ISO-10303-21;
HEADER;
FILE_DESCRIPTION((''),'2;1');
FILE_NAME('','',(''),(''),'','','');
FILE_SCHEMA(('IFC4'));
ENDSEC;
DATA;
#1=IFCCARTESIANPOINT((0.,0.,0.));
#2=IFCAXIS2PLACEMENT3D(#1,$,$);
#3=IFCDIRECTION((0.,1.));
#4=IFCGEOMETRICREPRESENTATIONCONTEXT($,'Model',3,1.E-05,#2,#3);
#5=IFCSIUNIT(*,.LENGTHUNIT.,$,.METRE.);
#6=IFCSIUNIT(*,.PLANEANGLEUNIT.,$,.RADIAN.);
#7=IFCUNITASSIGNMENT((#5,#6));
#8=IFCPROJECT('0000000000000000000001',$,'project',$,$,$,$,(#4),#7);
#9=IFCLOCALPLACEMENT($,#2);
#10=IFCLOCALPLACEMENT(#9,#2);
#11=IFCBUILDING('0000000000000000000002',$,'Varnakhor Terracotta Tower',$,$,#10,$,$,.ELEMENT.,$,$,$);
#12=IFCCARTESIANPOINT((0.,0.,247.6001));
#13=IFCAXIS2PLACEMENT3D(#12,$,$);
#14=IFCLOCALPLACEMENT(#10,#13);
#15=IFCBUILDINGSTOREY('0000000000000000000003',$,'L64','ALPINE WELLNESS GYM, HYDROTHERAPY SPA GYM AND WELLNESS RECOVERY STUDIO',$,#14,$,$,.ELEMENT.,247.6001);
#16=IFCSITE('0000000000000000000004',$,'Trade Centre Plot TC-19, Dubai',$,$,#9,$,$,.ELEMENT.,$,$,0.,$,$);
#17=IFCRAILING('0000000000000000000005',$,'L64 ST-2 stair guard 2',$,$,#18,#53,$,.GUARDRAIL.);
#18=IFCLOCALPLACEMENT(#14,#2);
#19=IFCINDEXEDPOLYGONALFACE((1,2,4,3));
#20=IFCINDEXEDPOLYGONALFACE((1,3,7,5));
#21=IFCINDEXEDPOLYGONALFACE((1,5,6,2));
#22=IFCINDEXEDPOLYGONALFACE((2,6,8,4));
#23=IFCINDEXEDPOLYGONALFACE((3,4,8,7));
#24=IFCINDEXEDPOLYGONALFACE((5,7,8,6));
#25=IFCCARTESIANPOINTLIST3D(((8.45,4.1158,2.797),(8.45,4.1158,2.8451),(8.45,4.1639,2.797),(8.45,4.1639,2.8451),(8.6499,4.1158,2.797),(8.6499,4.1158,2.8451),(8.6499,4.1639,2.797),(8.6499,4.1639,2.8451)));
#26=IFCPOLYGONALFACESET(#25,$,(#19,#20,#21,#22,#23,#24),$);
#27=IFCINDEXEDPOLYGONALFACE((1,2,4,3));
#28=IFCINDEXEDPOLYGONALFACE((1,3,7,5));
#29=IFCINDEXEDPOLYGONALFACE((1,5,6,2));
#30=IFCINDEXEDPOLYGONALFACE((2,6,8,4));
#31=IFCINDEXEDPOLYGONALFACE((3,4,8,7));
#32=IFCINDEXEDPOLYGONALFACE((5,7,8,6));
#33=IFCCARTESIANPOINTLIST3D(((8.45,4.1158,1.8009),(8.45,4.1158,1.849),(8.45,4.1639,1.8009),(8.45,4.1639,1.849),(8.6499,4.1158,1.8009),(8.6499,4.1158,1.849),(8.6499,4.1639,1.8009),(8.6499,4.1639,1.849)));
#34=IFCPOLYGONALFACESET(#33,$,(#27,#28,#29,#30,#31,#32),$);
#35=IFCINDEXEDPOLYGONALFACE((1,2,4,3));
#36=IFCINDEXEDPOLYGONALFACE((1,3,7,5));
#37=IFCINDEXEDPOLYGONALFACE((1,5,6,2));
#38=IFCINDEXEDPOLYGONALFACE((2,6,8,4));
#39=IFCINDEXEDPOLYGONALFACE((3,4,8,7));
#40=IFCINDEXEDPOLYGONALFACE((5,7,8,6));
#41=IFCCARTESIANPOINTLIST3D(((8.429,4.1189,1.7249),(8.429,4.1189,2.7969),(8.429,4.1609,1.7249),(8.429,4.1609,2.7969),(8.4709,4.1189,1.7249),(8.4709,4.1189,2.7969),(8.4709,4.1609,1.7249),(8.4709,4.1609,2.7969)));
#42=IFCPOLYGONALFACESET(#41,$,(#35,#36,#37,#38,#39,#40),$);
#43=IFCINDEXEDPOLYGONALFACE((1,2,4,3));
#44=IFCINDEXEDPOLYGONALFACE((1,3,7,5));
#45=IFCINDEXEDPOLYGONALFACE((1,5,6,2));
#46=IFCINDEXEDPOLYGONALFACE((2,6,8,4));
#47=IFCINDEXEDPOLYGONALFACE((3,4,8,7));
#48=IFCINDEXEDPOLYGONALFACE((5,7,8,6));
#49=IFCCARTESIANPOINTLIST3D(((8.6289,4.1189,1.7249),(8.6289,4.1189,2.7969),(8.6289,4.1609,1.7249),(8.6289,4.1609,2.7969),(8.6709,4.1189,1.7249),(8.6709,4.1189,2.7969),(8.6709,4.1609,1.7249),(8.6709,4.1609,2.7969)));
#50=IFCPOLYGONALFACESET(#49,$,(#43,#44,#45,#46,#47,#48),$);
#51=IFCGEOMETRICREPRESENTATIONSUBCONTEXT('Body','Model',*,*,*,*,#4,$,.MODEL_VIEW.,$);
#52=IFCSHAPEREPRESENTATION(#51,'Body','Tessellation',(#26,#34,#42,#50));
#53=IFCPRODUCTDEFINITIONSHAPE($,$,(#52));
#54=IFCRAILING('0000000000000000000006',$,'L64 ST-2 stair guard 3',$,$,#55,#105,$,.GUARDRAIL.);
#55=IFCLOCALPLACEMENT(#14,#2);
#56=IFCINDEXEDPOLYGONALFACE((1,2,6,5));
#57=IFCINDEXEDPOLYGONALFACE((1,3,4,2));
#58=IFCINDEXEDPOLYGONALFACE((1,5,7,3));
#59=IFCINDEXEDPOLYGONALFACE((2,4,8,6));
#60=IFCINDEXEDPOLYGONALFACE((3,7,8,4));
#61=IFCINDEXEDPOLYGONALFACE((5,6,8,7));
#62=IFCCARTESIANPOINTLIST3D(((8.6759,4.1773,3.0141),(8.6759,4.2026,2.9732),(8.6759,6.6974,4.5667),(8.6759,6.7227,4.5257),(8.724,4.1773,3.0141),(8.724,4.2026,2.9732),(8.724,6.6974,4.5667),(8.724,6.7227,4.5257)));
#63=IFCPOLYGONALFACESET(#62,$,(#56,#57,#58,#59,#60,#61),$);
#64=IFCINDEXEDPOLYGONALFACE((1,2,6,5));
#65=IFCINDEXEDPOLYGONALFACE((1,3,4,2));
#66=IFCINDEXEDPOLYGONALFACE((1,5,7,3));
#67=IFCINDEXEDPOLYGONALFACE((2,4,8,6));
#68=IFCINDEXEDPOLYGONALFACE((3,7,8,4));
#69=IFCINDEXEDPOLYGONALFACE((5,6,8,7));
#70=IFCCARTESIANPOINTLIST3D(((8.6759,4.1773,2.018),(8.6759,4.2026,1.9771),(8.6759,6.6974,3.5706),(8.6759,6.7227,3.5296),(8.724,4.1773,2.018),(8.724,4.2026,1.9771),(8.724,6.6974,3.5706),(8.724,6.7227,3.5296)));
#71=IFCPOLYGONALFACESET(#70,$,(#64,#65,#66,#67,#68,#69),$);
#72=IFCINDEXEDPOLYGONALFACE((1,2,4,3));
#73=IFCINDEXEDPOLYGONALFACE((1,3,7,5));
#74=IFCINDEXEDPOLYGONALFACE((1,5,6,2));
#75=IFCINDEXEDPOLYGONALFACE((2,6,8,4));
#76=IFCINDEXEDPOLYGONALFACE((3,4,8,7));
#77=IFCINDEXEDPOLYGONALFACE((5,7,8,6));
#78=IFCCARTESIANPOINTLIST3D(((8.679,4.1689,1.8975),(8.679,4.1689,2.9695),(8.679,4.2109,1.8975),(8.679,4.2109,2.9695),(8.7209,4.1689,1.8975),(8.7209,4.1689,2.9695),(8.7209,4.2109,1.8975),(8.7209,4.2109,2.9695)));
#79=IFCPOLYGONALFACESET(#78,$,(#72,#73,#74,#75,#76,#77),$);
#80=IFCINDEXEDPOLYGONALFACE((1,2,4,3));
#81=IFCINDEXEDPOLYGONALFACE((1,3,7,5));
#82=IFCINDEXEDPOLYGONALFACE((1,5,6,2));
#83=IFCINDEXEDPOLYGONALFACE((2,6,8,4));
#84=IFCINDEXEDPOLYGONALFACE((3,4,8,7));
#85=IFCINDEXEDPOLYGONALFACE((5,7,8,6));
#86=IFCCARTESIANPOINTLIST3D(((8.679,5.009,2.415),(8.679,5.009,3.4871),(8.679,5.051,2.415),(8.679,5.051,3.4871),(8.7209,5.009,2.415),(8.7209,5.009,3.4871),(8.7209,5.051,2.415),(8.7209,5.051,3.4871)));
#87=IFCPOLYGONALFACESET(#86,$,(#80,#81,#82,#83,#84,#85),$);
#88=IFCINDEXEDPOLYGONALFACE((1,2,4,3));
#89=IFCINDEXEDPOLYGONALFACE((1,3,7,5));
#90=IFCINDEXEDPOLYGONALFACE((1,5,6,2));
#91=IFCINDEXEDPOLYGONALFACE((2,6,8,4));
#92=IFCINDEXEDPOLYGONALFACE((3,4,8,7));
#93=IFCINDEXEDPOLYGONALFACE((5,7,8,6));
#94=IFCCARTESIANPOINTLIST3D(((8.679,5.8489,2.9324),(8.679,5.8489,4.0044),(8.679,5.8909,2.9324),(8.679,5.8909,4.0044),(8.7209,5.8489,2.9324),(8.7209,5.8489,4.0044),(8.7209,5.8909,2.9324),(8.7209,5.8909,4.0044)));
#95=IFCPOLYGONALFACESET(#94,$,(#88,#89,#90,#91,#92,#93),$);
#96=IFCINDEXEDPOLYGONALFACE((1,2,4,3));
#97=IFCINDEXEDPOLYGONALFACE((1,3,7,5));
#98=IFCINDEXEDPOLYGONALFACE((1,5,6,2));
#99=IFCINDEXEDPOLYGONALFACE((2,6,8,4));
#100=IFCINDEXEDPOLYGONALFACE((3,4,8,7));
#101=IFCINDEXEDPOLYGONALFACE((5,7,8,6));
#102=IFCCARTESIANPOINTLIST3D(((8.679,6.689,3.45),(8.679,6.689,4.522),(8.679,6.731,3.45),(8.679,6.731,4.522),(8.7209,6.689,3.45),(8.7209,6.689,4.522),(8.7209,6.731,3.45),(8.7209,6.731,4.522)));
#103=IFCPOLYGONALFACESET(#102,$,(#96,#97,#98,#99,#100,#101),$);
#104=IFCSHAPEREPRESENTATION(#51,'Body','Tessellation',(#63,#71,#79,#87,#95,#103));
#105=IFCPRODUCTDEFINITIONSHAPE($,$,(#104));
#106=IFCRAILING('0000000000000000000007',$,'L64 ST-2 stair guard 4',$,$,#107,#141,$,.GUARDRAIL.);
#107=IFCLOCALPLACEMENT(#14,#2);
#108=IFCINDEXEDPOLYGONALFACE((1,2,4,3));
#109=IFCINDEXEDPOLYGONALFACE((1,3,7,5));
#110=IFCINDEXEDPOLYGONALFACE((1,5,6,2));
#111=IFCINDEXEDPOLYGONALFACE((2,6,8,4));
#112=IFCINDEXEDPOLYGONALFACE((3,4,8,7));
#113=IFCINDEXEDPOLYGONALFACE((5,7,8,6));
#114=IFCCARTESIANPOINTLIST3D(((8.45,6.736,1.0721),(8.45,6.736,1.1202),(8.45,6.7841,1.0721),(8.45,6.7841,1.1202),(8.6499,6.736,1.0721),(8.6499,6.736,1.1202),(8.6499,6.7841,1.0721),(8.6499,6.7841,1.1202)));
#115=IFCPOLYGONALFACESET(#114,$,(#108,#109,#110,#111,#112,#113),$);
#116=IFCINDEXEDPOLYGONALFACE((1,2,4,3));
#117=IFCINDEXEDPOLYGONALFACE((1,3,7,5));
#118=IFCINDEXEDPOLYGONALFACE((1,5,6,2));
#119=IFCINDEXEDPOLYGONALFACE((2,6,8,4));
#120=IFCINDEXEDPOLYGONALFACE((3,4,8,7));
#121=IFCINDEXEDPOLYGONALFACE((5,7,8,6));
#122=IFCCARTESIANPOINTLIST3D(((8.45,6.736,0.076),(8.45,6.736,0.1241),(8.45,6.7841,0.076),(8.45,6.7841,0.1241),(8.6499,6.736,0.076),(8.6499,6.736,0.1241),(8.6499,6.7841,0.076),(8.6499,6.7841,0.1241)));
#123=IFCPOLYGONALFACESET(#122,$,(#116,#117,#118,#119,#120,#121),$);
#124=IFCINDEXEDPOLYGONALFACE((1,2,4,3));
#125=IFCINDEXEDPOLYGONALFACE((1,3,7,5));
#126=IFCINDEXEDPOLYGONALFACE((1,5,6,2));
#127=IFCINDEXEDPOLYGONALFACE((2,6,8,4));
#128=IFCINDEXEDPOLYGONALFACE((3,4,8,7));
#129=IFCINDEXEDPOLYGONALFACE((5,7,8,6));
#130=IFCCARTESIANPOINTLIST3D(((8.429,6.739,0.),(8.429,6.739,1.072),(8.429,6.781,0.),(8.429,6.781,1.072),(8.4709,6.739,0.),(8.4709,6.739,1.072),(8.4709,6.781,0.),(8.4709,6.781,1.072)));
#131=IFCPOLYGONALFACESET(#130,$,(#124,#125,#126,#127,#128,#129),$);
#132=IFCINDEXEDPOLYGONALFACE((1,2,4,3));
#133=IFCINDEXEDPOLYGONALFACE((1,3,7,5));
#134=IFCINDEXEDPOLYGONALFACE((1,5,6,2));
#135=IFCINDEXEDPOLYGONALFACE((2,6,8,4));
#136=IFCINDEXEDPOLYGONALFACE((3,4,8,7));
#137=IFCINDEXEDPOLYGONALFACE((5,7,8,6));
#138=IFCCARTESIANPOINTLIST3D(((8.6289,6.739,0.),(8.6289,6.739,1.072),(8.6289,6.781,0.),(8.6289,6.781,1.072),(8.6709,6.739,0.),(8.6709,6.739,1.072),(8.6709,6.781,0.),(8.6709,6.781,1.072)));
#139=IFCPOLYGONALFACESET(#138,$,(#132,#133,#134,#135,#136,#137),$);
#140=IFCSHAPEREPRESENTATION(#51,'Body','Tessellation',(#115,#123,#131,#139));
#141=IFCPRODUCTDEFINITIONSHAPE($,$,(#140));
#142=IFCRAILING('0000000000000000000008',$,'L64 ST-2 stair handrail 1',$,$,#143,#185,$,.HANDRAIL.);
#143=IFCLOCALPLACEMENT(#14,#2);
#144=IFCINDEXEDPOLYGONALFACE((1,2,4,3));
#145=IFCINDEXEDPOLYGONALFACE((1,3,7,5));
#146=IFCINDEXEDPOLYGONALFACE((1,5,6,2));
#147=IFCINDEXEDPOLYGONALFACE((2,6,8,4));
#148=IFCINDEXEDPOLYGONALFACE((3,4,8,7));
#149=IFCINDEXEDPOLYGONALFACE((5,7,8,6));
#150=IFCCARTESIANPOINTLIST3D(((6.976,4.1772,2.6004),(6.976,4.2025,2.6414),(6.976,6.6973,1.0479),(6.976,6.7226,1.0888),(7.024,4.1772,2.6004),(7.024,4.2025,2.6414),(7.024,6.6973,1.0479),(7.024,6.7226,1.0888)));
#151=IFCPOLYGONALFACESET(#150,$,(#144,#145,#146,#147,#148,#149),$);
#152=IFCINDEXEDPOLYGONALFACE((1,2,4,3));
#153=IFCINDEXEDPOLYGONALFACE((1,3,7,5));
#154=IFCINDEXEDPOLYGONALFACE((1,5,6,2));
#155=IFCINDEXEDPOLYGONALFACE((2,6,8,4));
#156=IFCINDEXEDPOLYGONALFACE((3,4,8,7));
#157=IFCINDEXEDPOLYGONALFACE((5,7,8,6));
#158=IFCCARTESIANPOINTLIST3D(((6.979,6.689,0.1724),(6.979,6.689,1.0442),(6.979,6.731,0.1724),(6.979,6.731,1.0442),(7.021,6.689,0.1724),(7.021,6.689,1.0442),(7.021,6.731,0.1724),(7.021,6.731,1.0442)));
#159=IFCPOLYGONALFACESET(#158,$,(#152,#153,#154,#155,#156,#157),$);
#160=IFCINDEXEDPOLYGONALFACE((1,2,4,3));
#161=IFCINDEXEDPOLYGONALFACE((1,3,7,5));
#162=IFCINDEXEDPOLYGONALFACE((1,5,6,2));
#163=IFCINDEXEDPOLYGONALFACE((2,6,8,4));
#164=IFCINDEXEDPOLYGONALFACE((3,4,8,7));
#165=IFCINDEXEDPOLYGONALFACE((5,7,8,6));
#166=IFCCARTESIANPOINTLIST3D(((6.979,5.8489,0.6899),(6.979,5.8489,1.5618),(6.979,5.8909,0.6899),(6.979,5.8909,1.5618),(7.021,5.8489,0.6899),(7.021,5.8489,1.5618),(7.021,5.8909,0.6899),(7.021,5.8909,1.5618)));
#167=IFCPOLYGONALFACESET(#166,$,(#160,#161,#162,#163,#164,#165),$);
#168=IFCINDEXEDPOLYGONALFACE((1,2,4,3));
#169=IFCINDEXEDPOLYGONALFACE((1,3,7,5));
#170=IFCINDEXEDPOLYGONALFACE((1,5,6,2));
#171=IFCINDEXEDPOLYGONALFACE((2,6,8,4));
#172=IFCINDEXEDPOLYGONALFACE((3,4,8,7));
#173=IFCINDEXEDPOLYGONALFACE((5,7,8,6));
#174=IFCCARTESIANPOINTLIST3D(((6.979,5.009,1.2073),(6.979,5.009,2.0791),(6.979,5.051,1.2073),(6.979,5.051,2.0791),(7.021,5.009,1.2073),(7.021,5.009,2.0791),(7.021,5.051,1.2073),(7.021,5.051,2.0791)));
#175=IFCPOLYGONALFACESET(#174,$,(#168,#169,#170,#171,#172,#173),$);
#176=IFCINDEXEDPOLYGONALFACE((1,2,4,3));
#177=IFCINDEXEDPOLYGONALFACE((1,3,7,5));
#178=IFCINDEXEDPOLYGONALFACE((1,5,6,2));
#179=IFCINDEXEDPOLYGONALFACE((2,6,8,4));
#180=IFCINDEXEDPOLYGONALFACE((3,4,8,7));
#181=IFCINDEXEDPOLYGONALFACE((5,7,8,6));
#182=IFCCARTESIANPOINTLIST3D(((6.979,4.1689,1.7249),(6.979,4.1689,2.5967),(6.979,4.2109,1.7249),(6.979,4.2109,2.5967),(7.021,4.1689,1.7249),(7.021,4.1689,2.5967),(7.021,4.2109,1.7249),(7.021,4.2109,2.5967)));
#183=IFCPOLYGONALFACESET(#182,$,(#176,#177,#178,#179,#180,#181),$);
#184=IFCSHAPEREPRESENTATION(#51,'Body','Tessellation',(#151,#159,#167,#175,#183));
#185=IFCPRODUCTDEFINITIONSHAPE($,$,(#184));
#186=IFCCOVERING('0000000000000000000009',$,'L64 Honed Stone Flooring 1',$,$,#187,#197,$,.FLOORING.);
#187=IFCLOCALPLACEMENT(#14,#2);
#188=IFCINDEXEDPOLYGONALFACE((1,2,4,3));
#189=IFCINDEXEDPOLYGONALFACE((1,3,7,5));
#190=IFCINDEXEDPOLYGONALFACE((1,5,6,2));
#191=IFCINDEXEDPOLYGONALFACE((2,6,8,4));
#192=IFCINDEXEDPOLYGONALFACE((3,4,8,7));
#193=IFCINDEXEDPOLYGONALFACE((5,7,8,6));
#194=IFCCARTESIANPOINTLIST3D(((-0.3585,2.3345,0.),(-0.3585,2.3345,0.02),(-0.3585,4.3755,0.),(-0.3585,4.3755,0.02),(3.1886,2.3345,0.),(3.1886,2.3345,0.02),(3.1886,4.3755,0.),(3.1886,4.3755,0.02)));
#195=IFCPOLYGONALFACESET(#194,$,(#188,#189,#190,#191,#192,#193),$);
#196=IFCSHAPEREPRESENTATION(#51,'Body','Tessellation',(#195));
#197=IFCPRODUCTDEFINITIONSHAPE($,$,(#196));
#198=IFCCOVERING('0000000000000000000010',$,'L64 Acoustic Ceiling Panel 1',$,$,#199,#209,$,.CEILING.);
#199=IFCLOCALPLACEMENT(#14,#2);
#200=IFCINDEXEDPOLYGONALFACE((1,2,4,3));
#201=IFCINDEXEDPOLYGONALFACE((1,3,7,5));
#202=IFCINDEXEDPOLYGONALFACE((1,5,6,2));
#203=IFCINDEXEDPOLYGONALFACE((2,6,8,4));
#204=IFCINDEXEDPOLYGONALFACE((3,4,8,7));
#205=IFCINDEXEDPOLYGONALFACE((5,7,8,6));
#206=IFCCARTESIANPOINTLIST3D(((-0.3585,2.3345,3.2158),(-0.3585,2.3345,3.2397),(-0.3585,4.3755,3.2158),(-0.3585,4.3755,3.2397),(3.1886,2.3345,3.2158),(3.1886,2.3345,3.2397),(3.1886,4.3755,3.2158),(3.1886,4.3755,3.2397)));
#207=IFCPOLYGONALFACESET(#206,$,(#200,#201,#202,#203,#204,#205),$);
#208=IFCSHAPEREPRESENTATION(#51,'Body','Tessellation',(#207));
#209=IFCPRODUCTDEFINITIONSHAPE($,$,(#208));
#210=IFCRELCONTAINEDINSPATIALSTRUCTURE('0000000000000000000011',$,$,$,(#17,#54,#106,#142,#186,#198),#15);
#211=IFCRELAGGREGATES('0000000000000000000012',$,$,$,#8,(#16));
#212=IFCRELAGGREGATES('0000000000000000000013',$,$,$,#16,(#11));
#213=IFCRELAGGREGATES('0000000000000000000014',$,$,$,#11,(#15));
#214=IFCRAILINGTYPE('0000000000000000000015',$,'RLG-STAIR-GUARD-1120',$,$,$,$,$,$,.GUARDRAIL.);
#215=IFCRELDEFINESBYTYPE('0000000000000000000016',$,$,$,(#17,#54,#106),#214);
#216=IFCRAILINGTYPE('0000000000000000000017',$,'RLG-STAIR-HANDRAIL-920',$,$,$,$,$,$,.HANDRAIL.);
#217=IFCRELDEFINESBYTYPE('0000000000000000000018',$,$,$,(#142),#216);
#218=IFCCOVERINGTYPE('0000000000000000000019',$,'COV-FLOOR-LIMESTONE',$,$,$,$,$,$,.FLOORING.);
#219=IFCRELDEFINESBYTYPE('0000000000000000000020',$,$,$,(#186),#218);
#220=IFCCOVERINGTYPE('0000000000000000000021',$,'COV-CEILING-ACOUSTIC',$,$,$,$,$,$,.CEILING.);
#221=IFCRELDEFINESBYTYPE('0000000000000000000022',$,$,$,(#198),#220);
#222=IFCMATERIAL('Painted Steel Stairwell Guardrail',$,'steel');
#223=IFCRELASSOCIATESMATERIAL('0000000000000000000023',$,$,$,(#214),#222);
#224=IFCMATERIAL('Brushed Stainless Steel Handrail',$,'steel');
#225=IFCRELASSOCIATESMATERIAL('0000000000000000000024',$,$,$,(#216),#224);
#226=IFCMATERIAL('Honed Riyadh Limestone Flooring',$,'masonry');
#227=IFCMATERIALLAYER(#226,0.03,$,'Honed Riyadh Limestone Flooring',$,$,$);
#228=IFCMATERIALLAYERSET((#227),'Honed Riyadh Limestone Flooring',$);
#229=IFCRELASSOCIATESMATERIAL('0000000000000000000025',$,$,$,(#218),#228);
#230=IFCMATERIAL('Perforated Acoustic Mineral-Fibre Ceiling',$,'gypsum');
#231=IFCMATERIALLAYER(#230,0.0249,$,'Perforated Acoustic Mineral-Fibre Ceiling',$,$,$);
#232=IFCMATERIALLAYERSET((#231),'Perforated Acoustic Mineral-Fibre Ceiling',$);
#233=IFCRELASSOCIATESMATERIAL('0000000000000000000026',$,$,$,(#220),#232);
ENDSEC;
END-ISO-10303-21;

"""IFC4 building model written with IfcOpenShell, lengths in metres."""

from ifc_helpers import new_model, si_unit, direction, frame, origin, origin_2d, place, context, subcontext, project, spatial, rectangle, extrude, source, transform, mapped, material, layer, layer_set, type_object, element, save


model = new_model("IFC4")

# Units and contexts
model_context = context("Model", 3, precision=1e-05, world=origin(), true_north=direction((0.0, 1.0)))
body_context = subcontext(model_context, "Body", "Model", "MODEL_VIEW")
ifc_project = project(units=[si_unit("LENGTHUNIT", "METRE"), si_unit("PLANEANGLEUNIT", "RADIAN")], contexts=[model_context])

# Site, building, storey
site_placement = place(None, origin())
site = spatial("IfcSite", under=ifc_project, at=site_placement, Name="Trade Centre Plot TC-19, Dubai", CompositionType="ELEMENT", RefElevation=0.0)
building_placement = place(site_placement, origin())
building = spatial("IfcBuilding", under=site, at=building_placement, Name="Varnakhor Terracotta Tower", CompositionType="ELEMENT")
storey_placement = place(building_placement, frame((0.0, 0.0, 247.6001)))
storey = spatial("IfcBuildingStorey", under=building, at=storey_placement, Name="L64", Description="ALPINE WELLNESS GYM, HYDROTHERAPY SPA GYM AND WELLNESS RECOVERY STUDIO", CompositionType="ELEMENT", Elevation=247.6001)

# Railings
ifc_material_1 = material(Name="Painted Steel Stairwell Guardrail", Category="steel")
railing_type_1 = type_object("IfcRailingType", Name="RLG-STAIR-GUARD-1120", PredefinedType="GUARDRAIL", material=ifc_material_1)
railing_1_placement = place(storey_placement, frame((8.45, 4.1399, 1.7249)))
element("IfcRailing", 1, at=railing_1_placement, inside=storey, type_object=railing_type_1, Name="L64 ST-2 stair guard 2", PredefinedType="GUARDRAIL", context=body_context, shape_type="SweptSolid", body=[
    extrude(rectangle(XDim=0.0481, YDim=0.0481, at=origin_2d()), frame((0.0, 0.0, 1.0962), z_axis=(1.0, 0.0, 0.0), x_axis=(0.0, 1.0, 0.0)), (0.0, 0.0, 1.0), 0.2),
    extrude(rectangle(XDim=0.0481, YDim=0.0481, at=origin_2d()), frame((0.0, 0.0, 0.1001), z_axis=(1.0, 0.0, 0.0), x_axis=(0.0, 1.0, 0.0)), (0.0, 0.0, 1.0), 0.2),
    extrude(rectangle(XDim=0.042, YDim=0.042, at=origin_2d()), origin(), (0.0, 0.0, 1.0), 1.072),
    extrude(rectangle(XDim=0.042, YDim=0.042, at=origin_2d()), frame((0.2, 0.0, 0.0)), (0.0, 0.0, 1.0), 1.072),
])
railing_2_placement = place(storey_placement, frame((8.7, 4.1899, 1.8975)))
element("IfcRailing", 2, at=railing_2_placement, inside=storey, type_object=railing_type_1, Name="L64 ST-2 stair guard 3", PredefinedType="GUARDRAIL", context=body_context, shape_type="SweptSolid", body=[
    extrude(rectangle(XDim=0.0481, YDim=0.0481, at=origin_2d()), frame((0.0, 0.0, 1.0962), z_axis=(0.0, 0.8514, 0.524516), x_axis=(-1.0, 0.0, 0.0)), (0.0, 0.0, 1.0), 2.96),
    extrude(rectangle(XDim=0.0481, YDim=0.0481, at=origin_2d()), frame((0.0, 0.0, 0.1001), z_axis=(0.0, 0.8514, 0.524516), x_axis=(-1.0, 0.0, 0.0)), (0.0, 0.0, 1.0), 2.96),
    extrude(rectangle(XDim=0.042, YDim=0.042, at=origin_2d()), origin(), (0.0, 0.0, 1.0), 1.072),
    extrude(rectangle(XDim=0.042, YDim=0.042, at=origin_2d()), frame((0.0, 0.8401, 0.5176)), (0.0, 0.0, 1.0), 1.072),
    extrude(rectangle(XDim=0.042, YDim=0.042, at=origin_2d()), frame((0.0, 1.6799, 1.0349)), (0.0, 0.0, 1.0), 1.072),
    extrude(rectangle(XDim=0.042, YDim=0.042, at=origin_2d()), frame((0.0, 2.52, 1.5525)), (0.0, 0.0, 1.0), 1.072),
])
railing_3_placement = place(storey_placement, frame((8.45, 6.76, 0.0)))
element("IfcRailing", 3, at=railing_3_placement, inside=storey, type_object=railing_type_1, Name="L64 ST-2 stair guard 4", PredefinedType="GUARDRAIL", context=body_context, shape_type="SweptSolid", body=[
    extrude(rectangle(XDim=0.0481, YDim=0.0481, at=origin_2d()), frame((0.0, 0.0, 1.0962), z_axis=(1.0, 0.0, 0.0), x_axis=(0.0, 1.0, 0.0)), (0.0, 0.0, 1.0), 0.2),
    extrude(rectangle(XDim=0.0481, YDim=0.0481, at=origin_2d()), frame((0.0, 0.0, 0.1001), z_axis=(1.0, 0.0, 0.0), x_axis=(0.0, 1.0, 0.0)), (0.0, 0.0, 1.0), 0.2),
    extrude(rectangle(XDim=0.042, YDim=0.042, at=origin_2d()), origin(), (0.0, 0.0, 1.0), 1.072),
    extrude(rectangle(XDim=0.042, YDim=0.042, at=origin_2d()), frame((0.2, 0.0, 0.0)), (0.0, 0.0, 1.0), 1.072),
])
ifc_material_2 = material(Name="Brushed Stainless Steel Handrail", Category="steel")
railing_type_2 = type_object("IfcRailingType", Name="RLG-STAIR-HANDRAIL-920", PredefinedType="HANDRAIL", material=ifc_material_2)
railing_4_placement = place(storey_placement, frame((7.0, 6.71, 0.1724)))
element("IfcRailing", 4, at=railing_4_placement, inside=storey, type_object=railing_type_2, Name="L64 ST-2 stair handrail 1", PredefinedType="HANDRAIL", context=body_context, shape_type="SweptSolid", body=[
    extrude(rectangle(XDim=0.0481, YDim=0.0481, at=origin_2d()), frame((0.0, 0.0, 0.896), z_axis=(0.0, -0.8514, 0.524516), x_axis=(1.0, 0.0, 0.0)), (0.0, 0.0, 1.0), 2.96),
    extrude(rectangle(XDim=0.042, YDim=0.042, at=origin_2d()), origin(), (0.0, 0.0, 1.0), 0.8718),
    extrude(rectangle(XDim=0.042, YDim=0.042, at=origin_2d()), frame((0.0, -0.8401, 0.5176)), (0.0, 0.0, 1.0), 0.8718),
    extrude(rectangle(XDim=0.042, YDim=0.042, at=origin_2d()), frame((0.0, -1.6799, 1.0349)), (0.0, 0.0, 1.0), 0.8718),
    extrude(rectangle(XDim=0.042, YDim=0.042, at=origin_2d()), frame((0.0, -2.52, 1.5525)), (0.0, 0.0, 1.0), 0.8718),
])

# Coverings
ifc_material_3 = material(Name="Honed Riyadh Limestone Flooring", Category="masonry")
ifc_layer_1 = layer(ifc_material_3, 0.03, Name="Honed Riyadh Limestone Flooring")
ifc_layer_set_1 = layer_set([ifc_layer_1], Name="Honed Riyadh Limestone Flooring")
covering_type_1 = type_object("IfcCoveringType", Name="COV-FLOOR-LIMESTONE", PredefinedType="FLOORING", material=ifc_layer_set_1)
shared_shape_1 = source(origin(), body_context, "Body", "SweptSolid", [
    extrude(rectangle(XDim=3.5471, YDim=2.041, at=origin_2d()), origin(), (0.0, 0.0, 1.0), 0.02),
])
covering_1_placement = place(storey_placement, frame((1.415, 3.355, 0.0), z_axis=(0.0, 0.0, 1.0), x_axis=(1.0, 0.0, 0.0)))
element("IfcCovering", 5, at=covering_1_placement, inside=storey, type_object=covering_type_1, Name="L64 Honed Stone Flooring 1", PredefinedType="FLOORING", context=body_context, shape_type="MappedRepresentation", body=[
    mapped(shared_shape_1, transform((0.0, 0.0, 0.0), scale=1.0)),
])
ifc_material_4 = material(Name="Perforated Acoustic Mineral-Fibre Ceiling", Category="gypsum")
ifc_layer_2 = layer(ifc_material_4, 0.0249, Name="Perforated Acoustic Mineral-Fibre Ceiling")
ifc_layer_set_2 = layer_set([ifc_layer_2], Name="Perforated Acoustic Mineral-Fibre Ceiling")
covering_type_2 = type_object("IfcCoveringType", Name="COV-CEILING-ACOUSTIC", PredefinedType="CEILING", material=ifc_layer_set_2)
shared_shape_2 = source(origin(), body_context, "Body", "SweptSolid", [
    extrude(rectangle(XDim=3.5471, YDim=2.041, at=origin_2d()), origin(), (0.0, 0.0, 1.0), 0.0239),
])
covering_2_placement = place(storey_placement, frame((1.415, 3.355, 3.2158), z_axis=(0.0, 0.0, 1.0), x_axis=(1.0, 0.0, 0.0)))
element("IfcCovering", 6, at=covering_2_placement, inside=storey, type_object=covering_type_2, Name="L64 Acoustic Ceiling Panel 1", PredefinedType="CEILING", context=body_context, shape_type="MappedRepresentation", body=[
    mapped(shared_shape_2, transform((0.0, 0.0, 0.0), scale=1.0)),
])

save(model, "model.ifc")
